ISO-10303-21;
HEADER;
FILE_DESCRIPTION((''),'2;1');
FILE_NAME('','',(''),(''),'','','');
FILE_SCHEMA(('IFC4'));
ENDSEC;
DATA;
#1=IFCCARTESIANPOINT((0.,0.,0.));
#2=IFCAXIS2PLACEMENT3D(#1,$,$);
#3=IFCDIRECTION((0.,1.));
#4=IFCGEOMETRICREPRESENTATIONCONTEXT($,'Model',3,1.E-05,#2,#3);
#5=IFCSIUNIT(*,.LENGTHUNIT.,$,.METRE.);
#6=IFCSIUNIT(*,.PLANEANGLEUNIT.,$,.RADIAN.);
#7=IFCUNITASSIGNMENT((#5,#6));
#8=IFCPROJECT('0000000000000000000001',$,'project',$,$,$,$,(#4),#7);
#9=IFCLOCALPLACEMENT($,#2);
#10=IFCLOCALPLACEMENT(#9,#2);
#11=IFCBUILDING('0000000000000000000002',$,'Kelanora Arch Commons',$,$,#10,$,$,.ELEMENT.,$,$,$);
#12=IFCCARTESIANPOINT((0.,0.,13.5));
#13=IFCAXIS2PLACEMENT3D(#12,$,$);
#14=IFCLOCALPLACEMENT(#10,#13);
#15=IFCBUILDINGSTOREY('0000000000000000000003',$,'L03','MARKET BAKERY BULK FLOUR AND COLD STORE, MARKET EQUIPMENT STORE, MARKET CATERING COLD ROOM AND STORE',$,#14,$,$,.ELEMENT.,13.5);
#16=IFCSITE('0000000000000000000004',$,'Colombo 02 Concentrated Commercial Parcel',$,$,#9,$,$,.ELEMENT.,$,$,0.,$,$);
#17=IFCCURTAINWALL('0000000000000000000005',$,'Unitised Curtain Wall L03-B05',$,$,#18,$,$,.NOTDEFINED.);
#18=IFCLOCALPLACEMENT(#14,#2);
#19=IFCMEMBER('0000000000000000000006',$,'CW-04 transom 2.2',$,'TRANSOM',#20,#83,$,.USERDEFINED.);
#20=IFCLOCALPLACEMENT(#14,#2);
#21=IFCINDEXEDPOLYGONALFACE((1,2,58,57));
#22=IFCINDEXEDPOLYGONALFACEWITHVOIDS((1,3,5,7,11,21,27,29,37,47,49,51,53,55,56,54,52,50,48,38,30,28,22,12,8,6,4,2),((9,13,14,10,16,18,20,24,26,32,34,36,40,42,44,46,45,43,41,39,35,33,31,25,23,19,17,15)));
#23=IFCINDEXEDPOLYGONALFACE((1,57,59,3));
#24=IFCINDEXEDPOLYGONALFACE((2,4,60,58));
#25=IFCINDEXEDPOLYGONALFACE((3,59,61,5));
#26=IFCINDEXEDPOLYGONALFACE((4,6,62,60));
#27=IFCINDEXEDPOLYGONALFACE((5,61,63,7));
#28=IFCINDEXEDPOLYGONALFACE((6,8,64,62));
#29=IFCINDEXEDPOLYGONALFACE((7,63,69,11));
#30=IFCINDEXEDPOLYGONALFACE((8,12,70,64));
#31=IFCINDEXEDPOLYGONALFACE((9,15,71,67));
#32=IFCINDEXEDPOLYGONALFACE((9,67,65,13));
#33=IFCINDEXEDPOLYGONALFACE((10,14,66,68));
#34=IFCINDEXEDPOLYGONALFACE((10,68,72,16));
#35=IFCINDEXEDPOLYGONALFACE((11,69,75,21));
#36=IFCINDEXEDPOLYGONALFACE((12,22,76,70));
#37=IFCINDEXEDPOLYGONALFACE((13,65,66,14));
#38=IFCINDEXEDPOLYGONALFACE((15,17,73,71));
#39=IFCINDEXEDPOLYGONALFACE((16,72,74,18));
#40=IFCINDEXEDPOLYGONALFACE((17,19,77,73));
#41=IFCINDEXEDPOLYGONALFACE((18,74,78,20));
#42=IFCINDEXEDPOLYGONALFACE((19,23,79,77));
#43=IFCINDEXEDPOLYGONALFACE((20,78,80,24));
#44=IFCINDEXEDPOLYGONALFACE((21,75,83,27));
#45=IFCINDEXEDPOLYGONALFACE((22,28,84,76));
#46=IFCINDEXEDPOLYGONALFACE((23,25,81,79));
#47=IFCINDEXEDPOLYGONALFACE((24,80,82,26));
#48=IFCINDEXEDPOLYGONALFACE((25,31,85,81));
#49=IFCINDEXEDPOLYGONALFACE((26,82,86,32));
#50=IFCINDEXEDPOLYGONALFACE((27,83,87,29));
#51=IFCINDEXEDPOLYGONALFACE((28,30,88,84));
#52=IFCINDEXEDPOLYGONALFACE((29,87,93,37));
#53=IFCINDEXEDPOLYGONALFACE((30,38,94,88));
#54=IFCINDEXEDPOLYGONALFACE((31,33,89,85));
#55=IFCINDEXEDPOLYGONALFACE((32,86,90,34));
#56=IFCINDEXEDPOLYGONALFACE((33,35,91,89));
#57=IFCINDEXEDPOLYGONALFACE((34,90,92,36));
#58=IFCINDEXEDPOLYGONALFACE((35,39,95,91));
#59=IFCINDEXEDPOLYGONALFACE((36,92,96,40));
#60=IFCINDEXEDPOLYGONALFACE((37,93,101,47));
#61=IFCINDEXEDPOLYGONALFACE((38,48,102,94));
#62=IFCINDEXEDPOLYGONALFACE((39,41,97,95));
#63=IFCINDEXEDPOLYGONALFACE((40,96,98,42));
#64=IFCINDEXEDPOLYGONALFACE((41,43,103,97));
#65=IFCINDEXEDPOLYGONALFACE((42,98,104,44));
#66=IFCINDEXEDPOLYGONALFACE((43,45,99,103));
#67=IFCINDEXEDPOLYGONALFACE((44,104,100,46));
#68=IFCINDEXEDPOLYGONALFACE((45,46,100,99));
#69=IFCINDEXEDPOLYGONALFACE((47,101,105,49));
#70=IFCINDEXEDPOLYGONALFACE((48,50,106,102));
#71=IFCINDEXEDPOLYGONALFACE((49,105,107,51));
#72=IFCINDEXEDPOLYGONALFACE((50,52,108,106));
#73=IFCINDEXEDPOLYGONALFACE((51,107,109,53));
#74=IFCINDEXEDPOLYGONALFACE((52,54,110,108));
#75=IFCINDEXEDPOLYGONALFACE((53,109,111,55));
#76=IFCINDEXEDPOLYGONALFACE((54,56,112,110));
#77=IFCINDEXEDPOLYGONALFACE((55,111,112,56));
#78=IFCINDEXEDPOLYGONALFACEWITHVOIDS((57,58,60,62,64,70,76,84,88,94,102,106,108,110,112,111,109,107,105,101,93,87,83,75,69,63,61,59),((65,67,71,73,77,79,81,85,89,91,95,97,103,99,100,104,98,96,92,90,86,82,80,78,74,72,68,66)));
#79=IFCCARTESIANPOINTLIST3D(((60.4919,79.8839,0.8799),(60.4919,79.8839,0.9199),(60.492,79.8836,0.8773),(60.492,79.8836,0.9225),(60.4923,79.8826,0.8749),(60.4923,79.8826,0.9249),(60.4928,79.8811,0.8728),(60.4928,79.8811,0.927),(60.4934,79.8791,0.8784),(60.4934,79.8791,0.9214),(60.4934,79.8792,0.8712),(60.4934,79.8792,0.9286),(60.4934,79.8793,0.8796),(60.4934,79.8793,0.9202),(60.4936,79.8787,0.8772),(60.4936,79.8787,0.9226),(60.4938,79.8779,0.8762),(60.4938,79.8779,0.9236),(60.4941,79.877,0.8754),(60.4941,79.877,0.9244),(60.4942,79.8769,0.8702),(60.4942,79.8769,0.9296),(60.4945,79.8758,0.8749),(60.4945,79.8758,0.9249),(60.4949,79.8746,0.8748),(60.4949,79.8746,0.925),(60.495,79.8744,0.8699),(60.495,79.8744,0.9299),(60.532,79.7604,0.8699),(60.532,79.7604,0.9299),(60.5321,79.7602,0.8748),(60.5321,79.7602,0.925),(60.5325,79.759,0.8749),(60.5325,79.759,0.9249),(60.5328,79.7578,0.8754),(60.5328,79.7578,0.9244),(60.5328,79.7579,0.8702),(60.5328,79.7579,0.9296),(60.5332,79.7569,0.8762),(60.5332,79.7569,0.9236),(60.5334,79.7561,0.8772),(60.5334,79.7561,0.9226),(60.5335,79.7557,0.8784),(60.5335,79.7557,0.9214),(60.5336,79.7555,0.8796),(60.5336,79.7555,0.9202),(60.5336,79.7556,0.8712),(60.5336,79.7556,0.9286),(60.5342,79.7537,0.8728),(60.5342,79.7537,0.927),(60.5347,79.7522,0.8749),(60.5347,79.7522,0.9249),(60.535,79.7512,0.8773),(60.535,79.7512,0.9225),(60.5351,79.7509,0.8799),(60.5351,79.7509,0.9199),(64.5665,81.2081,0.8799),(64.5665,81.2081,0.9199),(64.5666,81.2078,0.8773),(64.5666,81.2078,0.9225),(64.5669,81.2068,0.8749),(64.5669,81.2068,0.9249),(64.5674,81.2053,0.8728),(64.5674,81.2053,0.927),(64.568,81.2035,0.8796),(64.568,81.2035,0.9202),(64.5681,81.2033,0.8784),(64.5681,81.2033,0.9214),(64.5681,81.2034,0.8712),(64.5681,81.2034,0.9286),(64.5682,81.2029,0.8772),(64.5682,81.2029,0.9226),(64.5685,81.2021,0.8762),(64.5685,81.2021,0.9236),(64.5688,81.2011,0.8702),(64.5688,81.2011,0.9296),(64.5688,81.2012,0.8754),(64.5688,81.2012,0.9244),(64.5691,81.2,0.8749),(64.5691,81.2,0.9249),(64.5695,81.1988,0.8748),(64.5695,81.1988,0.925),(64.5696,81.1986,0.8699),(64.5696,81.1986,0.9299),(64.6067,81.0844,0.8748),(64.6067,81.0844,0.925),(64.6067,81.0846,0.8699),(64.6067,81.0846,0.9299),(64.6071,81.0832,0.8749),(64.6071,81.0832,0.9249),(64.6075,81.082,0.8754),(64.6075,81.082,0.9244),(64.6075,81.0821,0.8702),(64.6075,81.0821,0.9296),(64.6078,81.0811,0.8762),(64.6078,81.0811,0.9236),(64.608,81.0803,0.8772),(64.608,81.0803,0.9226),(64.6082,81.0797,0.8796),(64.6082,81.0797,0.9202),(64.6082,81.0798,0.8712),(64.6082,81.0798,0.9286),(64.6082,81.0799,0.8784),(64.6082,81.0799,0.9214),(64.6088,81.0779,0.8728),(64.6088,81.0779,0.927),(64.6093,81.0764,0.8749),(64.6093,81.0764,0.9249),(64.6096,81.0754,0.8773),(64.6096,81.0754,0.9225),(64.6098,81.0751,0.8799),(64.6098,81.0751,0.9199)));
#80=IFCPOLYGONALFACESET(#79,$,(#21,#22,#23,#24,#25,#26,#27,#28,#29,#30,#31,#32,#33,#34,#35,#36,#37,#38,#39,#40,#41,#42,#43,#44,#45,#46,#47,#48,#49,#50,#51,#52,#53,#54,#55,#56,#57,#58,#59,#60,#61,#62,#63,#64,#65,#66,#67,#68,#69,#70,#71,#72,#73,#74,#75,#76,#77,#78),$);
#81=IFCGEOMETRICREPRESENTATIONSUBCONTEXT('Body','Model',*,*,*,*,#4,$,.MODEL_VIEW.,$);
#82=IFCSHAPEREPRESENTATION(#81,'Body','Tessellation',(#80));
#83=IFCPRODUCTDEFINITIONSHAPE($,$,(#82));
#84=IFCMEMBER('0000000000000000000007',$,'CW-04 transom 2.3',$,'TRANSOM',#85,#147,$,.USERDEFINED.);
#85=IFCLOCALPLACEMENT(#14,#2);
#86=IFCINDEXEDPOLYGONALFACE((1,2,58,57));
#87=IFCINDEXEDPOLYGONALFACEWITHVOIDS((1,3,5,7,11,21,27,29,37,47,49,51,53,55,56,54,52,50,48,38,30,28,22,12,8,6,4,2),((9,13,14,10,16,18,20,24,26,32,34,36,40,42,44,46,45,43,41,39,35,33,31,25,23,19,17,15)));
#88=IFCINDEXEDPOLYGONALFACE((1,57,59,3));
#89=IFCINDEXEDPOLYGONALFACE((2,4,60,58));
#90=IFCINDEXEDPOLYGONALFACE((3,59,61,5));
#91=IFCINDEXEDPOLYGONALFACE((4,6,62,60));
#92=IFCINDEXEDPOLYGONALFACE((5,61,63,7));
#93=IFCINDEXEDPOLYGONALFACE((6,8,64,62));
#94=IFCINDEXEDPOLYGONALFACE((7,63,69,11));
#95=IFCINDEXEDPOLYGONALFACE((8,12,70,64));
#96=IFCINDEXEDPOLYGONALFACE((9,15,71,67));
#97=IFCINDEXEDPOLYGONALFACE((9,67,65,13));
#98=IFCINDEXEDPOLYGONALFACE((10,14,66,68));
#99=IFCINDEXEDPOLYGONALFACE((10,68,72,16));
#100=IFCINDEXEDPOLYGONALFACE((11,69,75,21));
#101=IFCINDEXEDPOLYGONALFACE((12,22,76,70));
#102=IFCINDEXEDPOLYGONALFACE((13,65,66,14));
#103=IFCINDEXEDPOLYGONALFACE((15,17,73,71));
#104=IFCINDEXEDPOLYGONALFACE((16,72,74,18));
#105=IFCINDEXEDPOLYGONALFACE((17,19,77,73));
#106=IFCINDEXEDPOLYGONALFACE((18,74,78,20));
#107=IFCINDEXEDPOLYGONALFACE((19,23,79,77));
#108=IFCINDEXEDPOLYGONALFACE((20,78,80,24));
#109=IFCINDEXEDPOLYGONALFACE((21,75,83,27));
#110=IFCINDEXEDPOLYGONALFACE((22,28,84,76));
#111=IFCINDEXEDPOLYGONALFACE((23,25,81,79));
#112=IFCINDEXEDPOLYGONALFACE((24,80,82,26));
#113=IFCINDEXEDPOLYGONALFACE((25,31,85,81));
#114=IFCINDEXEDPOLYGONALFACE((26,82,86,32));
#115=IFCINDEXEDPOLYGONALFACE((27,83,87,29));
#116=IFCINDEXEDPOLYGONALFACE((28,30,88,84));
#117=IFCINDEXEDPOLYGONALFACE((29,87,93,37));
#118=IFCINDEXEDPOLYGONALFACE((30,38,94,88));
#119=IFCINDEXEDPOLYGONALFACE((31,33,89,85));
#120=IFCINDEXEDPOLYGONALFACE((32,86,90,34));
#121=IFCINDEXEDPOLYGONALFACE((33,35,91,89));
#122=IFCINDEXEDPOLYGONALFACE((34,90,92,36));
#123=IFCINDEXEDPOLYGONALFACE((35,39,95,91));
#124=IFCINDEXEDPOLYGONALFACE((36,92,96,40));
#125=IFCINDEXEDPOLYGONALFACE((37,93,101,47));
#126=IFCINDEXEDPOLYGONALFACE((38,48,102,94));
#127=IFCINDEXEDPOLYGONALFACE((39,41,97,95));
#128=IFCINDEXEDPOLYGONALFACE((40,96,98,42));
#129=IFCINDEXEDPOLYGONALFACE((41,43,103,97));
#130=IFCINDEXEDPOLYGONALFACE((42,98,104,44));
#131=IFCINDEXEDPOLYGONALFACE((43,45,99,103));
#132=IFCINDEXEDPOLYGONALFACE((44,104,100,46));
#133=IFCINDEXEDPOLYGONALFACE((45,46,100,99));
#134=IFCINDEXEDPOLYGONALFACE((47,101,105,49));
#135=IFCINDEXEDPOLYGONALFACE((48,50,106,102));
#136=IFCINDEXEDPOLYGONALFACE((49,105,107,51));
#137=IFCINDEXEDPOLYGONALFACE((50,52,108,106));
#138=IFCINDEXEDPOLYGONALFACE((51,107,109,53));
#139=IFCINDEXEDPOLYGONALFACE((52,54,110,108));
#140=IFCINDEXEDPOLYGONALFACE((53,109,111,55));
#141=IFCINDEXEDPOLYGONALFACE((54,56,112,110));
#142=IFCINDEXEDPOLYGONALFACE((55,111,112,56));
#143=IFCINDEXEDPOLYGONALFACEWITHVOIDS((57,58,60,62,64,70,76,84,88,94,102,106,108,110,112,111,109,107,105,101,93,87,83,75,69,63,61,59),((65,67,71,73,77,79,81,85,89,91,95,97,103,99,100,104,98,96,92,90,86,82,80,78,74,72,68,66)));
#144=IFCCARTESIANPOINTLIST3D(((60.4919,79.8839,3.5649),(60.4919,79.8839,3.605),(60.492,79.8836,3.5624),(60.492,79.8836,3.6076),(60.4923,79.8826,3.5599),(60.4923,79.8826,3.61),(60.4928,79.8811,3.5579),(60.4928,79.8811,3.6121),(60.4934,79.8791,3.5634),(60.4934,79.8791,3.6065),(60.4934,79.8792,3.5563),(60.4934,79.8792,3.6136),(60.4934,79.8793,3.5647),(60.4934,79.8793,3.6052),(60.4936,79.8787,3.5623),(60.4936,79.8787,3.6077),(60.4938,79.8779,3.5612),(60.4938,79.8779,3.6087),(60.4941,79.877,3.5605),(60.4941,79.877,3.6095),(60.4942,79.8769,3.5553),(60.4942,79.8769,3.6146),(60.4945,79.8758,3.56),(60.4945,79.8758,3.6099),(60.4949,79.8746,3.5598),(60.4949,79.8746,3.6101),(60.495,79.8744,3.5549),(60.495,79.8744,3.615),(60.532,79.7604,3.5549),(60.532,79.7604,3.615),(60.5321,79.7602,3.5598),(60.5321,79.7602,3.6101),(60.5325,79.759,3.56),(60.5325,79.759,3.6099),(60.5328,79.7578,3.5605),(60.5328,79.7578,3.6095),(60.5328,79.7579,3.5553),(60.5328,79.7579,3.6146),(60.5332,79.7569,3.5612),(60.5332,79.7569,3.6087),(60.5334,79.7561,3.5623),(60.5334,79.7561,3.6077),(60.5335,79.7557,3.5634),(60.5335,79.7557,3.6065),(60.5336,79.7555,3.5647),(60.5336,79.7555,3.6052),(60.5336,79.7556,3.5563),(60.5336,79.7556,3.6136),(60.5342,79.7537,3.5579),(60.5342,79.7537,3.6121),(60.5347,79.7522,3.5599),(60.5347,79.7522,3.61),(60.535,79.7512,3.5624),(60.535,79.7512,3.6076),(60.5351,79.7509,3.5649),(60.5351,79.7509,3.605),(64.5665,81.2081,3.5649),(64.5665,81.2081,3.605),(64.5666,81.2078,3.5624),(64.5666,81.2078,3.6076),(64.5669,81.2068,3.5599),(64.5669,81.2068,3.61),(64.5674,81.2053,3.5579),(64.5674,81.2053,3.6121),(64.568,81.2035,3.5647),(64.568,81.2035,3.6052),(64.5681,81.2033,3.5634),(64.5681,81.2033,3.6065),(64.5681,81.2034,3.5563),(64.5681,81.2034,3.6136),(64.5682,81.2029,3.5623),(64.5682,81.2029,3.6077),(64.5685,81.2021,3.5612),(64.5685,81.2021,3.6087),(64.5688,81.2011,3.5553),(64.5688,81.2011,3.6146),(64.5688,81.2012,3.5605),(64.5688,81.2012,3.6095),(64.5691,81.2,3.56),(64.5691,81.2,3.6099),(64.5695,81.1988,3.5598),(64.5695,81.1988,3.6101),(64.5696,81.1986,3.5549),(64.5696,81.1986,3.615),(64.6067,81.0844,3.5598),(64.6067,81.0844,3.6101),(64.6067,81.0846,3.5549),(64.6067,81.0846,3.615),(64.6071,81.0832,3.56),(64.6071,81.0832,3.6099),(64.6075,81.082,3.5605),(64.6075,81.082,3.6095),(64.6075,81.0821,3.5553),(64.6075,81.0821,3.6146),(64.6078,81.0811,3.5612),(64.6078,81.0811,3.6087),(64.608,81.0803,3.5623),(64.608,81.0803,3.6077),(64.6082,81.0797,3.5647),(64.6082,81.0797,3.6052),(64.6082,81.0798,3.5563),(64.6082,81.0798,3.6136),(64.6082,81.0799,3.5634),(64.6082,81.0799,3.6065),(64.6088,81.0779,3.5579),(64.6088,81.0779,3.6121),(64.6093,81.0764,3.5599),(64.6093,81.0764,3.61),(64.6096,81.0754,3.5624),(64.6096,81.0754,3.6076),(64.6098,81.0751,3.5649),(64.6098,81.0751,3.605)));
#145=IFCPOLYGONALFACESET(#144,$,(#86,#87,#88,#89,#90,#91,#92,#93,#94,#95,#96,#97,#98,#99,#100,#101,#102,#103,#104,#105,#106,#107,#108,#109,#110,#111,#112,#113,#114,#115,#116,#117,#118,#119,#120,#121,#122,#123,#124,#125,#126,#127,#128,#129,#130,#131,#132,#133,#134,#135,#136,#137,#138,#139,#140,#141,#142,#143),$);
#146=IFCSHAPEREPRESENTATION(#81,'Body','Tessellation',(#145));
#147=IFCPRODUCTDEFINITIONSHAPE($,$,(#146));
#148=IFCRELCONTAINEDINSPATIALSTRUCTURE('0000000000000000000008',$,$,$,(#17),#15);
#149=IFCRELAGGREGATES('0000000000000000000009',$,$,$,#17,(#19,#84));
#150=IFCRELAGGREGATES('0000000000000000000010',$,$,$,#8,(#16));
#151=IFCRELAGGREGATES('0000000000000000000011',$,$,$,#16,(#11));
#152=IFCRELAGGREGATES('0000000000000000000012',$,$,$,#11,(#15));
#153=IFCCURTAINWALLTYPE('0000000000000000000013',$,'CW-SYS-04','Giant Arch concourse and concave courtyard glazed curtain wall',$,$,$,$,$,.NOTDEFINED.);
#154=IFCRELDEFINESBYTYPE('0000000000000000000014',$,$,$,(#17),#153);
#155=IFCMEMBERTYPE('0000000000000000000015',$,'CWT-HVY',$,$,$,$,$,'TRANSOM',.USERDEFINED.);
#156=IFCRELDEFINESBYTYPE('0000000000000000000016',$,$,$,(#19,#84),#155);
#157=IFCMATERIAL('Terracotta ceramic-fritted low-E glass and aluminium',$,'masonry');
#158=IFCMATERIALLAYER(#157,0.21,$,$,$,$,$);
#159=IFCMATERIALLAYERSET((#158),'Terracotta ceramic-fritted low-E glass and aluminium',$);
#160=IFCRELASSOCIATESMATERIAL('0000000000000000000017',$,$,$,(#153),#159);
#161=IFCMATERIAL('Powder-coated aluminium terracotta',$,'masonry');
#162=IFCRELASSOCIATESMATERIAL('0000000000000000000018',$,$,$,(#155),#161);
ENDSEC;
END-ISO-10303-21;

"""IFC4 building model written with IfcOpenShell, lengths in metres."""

from ifc_helpers import new_model, si_unit, direction, frame, origin, origin_2d, place, context, subcontext, project, spatial, hollow_rectangle, extrude, material, layer, layer_set, material_profile, profile_set, type_object, element, aggregate, save


model = new_model("IFC4")

# Units and contexts
model_context = context("Model", 3, precision=1e-05, world=origin(), true_north=direction((0.0, 1.0)))
body_context = subcontext(model_context, "Body", "Model", "MODEL_VIEW")
ifc_project = project(units=[si_unit("LENGTHUNIT", "METRE"), si_unit("PLANEANGLEUNIT", "RADIAN")], contexts=[model_context])

# Site, building, storey
site_placement = place(None, origin())
site = spatial("IfcSite", under=ifc_project, at=site_placement, Name="Colombo 02 Concentrated Commercial Parcel", CompositionType="ELEMENT", RefElevation=0.0)
building_placement = place(site_placement, origin())
building = spatial("IfcBuilding", under=site, at=building_placement, Name="Kelanora Arch Commons", CompositionType="ELEMENT")
storey_placement = place(building_placement, frame((0.0, 0.0, 13.5)))
storey = spatial("IfcBuildingStorey", under=building, at=storey_placement, Name="L03", Description="MARKET BAKERY BULK FLOUR AND COLD STORE, MARKET EQUIPMENT STORE, MARKET CATERING COLD ROOM AND STORE", CompositionType="ELEMENT", Elevation=13.5)

# Curtain wall, members
ifc_material_1 = material(Name="Terracotta ceramic-fritted low-E glass and aluminium", Category="masonry")
ifc_layer_1 = layer(ifc_material_1, 0.21)
ifc_layer_set_1 = layer_set([ifc_layer_1], Name="Terracotta ceramic-fritted low-E glass and aluminium")
curtain_wall_type = type_object("IfcCurtainWallType", Name="CW-SYS-04", Description="Giant Arch concourse and concave courtyard glazed curtain wall", PredefinedType="NOTDEFINED", material=ifc_layer_set_1)
curtain_wall_placement = place(storey_placement, origin())
curtain_wall = element("IfcCurtainWall", 1, at=curtain_wall_placement, inside=storey, type_object=curtain_wall_type, Name="Unitised Curtain Wall L03-B05", PredefinedType="NOTDEFINED")
ifc_material_2 = material(Name="Powder-coated aluminium terracotta", Category="masonry")
ifc_material_profile_1 = material_profile(ifc_material_2, hollow_rectangle(XDim=0.1399, YDim=0.0601, WallThickness=0.0049, InnerFilletRadius=0.0049, OuterFilletRadius=0.01, at=origin_2d()), Name="CWT140x60")
ifc_profile_set_1 = profile_set([ifc_material_profile_1], Name="Powder-coated aluminium terracotta")
member_type_1 = type_object("IfcMemberType", Name="CWT-HVY", ElementType="TRANSOM", PredefinedType="USERDEFINED", material=ifc_profile_set_1)
member_1_placement = place(storey_placement, frame((64.5881, 81.1416, 0.8999), z_axis=(-0.951038, -0.309073, 0.0), x_axis=(0.309073, -0.951038, 0.0)))
member_1 = element("IfcMember", 2, at=member_1_placement, type_object=member_type_1, Name="CW-04 transom 2.2", ObjectType="TRANSOM", PredefinedType="USERDEFINED", context=body_context, shape_type="SweptSolid", body=[
    extrude(hollow_rectangle(XDim=0.1399, YDim=0.0601, WallThickness=0.0049, InnerFilletRadius=0.0049, OuterFilletRadius=0.01, at=origin_2d()), origin(), (0.0, 0.0, 1.0), 4.2844),
])
member_2_placement = place(storey_placement, frame((64.5881, 81.1416, 3.585), z_axis=(-0.951038, -0.309073, 0.0), x_axis=(0.309073, -0.951038, 0.0)))
member_2 = element("IfcMember", 3, at=member_2_placement, type_object=member_type_1, Name="CW-04 transom 2.3", ObjectType="TRANSOM", PredefinedType="USERDEFINED", context=body_context, shape_type="SweptSolid", body=[
    extrude(hollow_rectangle(XDim=0.1399, YDim=0.0601, WallThickness=0.0049, InnerFilletRadius=0.0049, OuterFilletRadius=0.01, at=origin_2d()), origin(), (0.0, 0.0, 1.0), 4.2844),
])
aggregate(curtain_wall, [member_1, member_2])

save(model, "model.ifc")
